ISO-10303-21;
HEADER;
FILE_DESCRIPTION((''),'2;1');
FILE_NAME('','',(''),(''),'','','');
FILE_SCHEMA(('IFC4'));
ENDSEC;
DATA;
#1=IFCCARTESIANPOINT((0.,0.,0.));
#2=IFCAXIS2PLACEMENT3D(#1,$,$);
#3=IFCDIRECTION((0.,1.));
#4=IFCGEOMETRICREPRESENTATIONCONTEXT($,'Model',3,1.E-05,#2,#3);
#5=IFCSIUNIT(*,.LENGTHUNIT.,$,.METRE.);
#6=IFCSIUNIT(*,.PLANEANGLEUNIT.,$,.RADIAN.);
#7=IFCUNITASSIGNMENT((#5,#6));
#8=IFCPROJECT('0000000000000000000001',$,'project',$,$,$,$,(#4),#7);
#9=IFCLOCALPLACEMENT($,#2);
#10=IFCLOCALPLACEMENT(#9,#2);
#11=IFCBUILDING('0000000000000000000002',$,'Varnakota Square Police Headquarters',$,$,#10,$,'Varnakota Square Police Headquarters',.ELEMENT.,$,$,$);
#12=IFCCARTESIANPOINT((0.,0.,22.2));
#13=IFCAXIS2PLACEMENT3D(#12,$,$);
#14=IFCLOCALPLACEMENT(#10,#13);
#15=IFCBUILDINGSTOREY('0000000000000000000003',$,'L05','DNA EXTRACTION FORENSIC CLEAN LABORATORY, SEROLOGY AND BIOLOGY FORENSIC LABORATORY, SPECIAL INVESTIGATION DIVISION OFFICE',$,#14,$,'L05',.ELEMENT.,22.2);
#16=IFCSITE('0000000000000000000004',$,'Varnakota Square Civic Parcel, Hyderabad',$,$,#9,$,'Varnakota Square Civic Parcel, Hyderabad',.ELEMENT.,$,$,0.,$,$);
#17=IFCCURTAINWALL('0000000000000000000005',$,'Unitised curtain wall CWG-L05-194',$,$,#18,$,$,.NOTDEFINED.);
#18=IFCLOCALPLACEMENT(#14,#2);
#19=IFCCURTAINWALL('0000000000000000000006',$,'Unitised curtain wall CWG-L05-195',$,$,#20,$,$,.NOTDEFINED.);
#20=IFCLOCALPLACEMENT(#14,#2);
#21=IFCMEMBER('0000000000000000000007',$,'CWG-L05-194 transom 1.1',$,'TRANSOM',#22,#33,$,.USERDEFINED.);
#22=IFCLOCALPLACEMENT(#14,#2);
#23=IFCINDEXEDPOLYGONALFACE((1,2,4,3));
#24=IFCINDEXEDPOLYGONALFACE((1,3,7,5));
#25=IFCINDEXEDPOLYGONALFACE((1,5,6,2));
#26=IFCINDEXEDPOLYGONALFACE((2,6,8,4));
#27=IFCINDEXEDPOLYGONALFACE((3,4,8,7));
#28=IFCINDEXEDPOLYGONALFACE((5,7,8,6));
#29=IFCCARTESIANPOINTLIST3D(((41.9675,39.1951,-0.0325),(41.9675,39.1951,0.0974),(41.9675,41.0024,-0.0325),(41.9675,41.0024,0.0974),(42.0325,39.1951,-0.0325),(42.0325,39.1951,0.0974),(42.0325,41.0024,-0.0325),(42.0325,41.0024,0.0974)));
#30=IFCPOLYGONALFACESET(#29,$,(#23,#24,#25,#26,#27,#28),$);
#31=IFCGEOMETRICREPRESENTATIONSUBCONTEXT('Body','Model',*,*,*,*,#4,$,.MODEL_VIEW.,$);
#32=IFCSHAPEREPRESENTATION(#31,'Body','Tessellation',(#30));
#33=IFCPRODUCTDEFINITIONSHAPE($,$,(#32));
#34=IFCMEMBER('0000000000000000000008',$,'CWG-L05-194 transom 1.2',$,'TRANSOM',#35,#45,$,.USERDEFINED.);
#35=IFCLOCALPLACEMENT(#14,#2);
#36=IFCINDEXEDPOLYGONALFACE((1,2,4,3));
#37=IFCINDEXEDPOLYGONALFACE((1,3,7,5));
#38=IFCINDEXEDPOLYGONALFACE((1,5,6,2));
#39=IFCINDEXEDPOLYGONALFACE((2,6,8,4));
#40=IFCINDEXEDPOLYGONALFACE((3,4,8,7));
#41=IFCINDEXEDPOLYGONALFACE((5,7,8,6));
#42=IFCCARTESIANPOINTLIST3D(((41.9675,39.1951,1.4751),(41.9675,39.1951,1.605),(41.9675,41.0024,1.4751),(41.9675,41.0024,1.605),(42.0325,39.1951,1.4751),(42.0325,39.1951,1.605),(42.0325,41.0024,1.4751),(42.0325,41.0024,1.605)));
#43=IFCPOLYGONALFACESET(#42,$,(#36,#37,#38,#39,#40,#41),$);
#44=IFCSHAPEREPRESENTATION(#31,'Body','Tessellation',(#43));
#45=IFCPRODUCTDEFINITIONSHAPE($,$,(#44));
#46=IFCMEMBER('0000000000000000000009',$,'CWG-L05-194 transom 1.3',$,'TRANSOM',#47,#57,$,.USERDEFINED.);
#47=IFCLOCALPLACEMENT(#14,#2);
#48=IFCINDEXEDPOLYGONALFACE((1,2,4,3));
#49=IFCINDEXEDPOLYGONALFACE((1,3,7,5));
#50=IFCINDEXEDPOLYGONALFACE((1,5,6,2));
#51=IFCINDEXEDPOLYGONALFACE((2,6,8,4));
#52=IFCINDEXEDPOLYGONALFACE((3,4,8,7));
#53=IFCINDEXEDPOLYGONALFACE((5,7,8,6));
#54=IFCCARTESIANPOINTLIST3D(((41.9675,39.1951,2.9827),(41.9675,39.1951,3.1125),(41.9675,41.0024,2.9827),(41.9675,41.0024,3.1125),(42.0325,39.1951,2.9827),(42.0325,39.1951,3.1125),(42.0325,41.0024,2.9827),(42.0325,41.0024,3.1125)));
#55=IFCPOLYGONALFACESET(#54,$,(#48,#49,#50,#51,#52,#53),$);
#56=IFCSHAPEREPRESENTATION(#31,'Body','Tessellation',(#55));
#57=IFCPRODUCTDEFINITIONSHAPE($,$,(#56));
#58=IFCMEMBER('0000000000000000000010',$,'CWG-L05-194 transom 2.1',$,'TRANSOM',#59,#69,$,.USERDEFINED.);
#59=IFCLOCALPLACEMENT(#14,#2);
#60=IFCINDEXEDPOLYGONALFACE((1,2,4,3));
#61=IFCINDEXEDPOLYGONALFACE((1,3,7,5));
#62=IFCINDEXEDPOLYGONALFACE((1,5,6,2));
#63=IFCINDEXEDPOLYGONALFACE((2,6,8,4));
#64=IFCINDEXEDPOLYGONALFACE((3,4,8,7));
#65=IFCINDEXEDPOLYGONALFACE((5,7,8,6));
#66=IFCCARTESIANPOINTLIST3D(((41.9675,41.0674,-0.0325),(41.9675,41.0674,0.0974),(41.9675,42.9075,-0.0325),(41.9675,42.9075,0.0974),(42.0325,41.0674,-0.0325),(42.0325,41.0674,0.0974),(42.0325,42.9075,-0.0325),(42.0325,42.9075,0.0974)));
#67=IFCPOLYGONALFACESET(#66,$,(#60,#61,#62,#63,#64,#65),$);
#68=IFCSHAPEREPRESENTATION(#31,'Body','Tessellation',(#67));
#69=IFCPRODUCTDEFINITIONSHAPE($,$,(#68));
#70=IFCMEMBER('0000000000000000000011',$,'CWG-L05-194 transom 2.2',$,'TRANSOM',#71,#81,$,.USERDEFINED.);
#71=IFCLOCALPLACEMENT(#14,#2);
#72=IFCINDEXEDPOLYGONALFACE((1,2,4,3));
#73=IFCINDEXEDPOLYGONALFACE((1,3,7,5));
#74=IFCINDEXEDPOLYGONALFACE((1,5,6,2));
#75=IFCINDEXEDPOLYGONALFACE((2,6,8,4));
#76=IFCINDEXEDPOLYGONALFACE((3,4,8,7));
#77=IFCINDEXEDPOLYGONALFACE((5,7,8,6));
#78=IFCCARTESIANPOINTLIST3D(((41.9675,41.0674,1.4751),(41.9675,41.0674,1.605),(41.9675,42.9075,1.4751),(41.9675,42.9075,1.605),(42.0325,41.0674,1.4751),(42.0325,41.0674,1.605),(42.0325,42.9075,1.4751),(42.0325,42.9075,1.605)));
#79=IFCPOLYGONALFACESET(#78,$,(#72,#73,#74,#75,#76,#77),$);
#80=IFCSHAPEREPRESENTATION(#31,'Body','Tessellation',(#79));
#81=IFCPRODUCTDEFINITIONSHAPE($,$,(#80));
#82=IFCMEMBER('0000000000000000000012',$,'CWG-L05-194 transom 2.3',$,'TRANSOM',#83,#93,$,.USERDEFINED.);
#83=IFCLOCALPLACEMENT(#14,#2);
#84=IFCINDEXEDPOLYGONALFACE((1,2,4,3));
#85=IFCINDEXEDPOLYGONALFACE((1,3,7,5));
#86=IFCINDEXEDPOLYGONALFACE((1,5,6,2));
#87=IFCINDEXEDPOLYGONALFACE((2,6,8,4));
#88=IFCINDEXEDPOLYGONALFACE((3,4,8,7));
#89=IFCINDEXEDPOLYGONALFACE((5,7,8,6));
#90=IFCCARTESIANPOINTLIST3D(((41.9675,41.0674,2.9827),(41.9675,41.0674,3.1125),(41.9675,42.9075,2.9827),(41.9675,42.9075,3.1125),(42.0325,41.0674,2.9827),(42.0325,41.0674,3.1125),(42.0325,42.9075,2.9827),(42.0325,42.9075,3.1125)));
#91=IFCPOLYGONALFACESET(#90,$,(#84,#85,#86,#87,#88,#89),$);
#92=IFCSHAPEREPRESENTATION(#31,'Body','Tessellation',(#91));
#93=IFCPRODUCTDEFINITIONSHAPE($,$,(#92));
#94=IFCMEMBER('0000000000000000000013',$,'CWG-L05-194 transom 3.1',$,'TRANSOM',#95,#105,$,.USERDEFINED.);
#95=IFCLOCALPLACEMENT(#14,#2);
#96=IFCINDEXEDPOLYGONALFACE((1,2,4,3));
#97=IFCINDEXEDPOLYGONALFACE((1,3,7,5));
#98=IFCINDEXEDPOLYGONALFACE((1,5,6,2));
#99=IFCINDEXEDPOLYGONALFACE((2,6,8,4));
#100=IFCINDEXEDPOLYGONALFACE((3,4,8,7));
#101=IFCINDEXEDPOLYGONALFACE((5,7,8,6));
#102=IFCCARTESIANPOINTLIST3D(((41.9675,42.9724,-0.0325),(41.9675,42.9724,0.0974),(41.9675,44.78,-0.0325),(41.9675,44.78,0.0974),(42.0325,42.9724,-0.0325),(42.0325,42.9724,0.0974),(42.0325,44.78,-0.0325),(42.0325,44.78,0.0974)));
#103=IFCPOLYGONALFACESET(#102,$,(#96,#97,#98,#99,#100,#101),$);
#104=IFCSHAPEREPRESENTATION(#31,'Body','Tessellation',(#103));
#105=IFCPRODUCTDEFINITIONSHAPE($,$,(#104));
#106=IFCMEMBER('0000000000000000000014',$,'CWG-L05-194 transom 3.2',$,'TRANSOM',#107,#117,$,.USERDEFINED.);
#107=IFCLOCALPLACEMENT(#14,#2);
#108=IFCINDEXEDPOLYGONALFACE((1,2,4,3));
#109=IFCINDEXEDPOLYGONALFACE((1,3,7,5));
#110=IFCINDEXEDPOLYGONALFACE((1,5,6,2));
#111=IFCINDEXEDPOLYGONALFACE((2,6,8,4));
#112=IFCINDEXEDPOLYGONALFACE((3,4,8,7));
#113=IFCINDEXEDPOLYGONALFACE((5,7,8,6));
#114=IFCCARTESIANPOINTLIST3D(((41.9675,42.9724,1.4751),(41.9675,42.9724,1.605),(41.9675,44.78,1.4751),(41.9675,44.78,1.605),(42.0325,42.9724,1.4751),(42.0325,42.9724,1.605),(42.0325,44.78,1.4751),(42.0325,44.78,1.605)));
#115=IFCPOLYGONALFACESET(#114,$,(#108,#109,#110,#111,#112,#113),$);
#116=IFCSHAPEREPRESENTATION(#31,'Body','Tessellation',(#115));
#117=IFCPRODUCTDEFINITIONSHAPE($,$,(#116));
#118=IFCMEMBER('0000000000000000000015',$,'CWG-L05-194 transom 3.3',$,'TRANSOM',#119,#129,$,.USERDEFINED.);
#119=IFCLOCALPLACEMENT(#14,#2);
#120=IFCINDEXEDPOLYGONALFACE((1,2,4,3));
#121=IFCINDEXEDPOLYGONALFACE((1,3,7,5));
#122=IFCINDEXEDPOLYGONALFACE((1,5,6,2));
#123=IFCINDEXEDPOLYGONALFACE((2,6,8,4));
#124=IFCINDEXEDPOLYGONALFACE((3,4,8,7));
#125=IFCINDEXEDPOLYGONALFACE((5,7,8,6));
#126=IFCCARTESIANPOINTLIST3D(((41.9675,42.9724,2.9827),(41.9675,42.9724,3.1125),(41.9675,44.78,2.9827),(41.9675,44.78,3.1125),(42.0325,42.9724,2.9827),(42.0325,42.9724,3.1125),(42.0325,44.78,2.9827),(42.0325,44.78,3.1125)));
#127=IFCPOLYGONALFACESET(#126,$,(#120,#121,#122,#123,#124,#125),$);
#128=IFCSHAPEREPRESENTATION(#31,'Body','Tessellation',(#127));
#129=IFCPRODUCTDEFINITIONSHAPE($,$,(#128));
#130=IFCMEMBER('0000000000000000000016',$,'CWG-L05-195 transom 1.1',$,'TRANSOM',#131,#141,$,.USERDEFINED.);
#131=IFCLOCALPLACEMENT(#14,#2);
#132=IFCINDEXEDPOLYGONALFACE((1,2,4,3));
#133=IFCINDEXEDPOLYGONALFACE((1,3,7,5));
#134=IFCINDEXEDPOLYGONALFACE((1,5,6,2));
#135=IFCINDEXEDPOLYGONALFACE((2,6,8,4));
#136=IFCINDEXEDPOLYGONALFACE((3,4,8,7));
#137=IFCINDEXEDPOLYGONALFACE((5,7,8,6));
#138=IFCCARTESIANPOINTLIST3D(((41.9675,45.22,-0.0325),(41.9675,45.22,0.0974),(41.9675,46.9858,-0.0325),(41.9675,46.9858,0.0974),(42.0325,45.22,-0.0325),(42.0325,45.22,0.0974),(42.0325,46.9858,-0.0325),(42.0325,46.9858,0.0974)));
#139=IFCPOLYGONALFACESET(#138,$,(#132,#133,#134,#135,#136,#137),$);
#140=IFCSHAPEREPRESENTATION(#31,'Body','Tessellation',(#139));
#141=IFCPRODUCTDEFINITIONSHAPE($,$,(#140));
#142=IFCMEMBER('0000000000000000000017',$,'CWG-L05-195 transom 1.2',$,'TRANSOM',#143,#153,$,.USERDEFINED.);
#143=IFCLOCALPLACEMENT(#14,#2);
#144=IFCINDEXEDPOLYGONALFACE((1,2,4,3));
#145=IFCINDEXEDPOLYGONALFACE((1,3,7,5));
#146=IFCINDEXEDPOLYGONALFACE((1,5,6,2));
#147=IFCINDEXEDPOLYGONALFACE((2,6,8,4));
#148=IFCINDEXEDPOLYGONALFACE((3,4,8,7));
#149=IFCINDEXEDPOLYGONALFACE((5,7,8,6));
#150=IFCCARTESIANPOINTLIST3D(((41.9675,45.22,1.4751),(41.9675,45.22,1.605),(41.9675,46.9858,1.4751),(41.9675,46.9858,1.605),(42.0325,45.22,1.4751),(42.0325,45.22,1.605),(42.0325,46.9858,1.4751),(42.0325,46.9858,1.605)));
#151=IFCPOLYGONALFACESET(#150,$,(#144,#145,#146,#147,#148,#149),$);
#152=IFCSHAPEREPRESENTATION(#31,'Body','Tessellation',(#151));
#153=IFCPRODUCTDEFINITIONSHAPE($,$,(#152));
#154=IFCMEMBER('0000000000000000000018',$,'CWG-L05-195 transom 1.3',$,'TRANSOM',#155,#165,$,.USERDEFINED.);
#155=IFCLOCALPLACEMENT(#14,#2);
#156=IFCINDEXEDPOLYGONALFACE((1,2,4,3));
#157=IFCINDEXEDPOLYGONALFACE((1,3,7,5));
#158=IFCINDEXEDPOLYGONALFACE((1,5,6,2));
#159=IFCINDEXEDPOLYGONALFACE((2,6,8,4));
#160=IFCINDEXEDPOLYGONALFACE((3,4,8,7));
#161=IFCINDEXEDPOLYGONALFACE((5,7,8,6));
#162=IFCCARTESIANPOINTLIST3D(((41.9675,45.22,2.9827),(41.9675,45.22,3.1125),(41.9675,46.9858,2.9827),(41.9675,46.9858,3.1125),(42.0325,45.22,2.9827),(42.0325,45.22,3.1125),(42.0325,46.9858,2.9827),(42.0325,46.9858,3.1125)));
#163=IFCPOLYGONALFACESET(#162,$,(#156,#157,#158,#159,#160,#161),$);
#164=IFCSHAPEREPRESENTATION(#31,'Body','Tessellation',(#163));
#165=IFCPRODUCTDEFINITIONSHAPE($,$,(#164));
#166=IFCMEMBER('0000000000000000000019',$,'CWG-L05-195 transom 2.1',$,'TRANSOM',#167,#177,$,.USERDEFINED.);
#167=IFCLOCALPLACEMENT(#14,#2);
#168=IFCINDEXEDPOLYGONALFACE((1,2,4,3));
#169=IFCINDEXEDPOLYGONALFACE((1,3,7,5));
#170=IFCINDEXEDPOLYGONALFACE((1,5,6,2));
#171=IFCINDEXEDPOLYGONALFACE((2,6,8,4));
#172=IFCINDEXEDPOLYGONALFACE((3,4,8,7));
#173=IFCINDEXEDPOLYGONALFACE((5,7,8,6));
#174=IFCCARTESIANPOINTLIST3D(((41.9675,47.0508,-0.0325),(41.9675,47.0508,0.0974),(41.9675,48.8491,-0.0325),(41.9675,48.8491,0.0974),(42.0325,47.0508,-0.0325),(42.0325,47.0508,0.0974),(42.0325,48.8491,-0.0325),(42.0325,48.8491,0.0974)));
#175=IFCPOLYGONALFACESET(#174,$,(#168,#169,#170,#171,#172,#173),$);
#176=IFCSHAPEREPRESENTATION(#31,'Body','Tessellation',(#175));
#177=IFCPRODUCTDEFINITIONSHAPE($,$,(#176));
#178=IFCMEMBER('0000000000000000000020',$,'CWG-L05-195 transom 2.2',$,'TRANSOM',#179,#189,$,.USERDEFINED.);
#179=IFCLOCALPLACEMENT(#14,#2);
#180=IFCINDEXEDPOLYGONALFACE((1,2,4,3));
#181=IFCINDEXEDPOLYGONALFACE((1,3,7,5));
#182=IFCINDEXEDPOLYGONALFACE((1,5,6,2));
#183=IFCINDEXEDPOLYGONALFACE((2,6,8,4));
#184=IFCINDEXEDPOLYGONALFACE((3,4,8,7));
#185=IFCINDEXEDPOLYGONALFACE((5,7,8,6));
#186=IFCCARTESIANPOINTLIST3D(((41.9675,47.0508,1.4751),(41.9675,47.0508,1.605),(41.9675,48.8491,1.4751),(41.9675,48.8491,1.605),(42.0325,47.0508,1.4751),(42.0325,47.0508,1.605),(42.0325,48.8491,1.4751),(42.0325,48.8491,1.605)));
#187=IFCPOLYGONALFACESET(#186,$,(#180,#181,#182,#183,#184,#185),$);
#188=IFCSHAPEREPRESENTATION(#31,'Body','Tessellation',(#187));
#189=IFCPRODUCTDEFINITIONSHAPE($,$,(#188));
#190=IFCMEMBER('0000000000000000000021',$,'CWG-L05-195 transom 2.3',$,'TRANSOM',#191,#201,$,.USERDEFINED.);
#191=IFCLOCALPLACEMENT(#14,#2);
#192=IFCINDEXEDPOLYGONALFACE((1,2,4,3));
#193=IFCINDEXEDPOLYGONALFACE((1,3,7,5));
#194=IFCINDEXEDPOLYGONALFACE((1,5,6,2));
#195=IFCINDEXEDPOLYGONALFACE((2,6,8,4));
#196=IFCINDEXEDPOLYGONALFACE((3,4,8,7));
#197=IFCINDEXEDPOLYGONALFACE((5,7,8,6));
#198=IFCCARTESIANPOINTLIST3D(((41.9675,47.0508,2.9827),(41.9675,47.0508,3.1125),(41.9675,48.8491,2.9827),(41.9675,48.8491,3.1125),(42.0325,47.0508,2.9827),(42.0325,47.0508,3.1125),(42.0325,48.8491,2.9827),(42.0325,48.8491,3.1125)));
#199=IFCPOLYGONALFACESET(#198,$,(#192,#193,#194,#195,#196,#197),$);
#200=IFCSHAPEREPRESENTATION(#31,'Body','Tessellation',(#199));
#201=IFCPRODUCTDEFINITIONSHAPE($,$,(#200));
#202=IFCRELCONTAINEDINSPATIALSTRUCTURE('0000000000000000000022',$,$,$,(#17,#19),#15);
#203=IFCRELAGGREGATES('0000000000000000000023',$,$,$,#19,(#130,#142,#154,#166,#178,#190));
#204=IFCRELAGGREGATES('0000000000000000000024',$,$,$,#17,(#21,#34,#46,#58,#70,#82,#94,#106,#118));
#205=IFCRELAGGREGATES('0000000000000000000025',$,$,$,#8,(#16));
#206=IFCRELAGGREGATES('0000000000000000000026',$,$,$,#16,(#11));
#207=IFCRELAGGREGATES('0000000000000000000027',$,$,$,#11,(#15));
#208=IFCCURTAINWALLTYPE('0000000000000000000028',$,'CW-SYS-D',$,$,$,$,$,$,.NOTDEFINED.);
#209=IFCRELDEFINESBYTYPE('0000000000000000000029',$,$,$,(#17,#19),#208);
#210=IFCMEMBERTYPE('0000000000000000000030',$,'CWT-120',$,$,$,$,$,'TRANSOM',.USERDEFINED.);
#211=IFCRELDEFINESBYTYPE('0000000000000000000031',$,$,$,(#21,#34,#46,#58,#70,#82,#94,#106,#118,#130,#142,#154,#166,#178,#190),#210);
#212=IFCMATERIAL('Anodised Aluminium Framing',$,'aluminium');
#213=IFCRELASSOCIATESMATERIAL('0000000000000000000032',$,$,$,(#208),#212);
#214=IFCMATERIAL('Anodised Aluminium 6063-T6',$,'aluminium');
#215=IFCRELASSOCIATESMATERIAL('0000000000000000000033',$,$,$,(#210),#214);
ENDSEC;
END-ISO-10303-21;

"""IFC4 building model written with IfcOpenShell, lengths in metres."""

from ifc_helpers import new_model, si_unit, direction, frame, origin, origin_2d, place, context, subcontext, project, spatial, rectangle, extrude, material, material_profile, profile_set, type_object, element, aggregate, save


model = new_model("IFC4")

# Units and contexts
model_context = context("Model", 3, precision=1e-05, world=origin(), true_north=direction((0.0, 1.0)))
body_context = subcontext(model_context, "Body", "Model", "MODEL_VIEW")
ifc_project = project(units=[si_unit("LENGTHUNIT", "METRE"), si_unit("PLANEANGLEUNIT", "RADIAN")], contexts=[model_context])

# Site, building, storey
site_placement = place(None, origin())
site = spatial("IfcSite", under=ifc_project, at=site_placement, Name="Varnakota Square Civic Parcel, Hyderabad", LongName="Varnakota Square Civic Parcel, Hyderabad", CompositionType="ELEMENT", RefElevation=0.0)
building_placement = place(site_placement, origin())
building = spatial("IfcBuilding", under=site, at=building_placement, Name="Varnakota Square Police Headquarters", LongName="Varnakota Square Police Headquarters", CompositionType="ELEMENT")
storey_placement = place(building_placement, frame((0.0, 0.0, 22.2)))
storey = spatial("IfcBuildingStorey", under=building, at=storey_placement, Name="L05", Description="DNA EXTRACTION FORENSIC CLEAN LABORATORY, SEROLOGY AND BIOLOGY FORENSIC LABORATORY, SPECIAL INVESTIGATION DIVISION OFFICE", LongName="L05", CompositionType="ELEMENT", Elevation=22.2)

# Curtain walls
ifc_material_1 = material(Name="Anodised Aluminium Framing", Category="aluminium")
curtain_wall_type = type_object("IfcCurtainWallType", Name="CW-SYS-D", PredefinedType="NOTDEFINED", material=ifc_material_1)
curtain_wall_1_placement = place(storey_placement, origin())
curtain_wall_1 = element("IfcCurtainWall", 1, at=curtain_wall_1_placement, inside=storey, type_object=curtain_wall_type, Name="Unitised curtain wall CWG-L05-194", PredefinedType="NOTDEFINED")
ifc_material_2 = material(Name="Anodised Aluminium 6063-T6", Category="aluminium")
curtain_wall_2_placement = place(storey_placement, origin())
curtain_wall_2 = element("IfcCurtainWall", 2, at=curtain_wall_2_placement, inside=storey, type_object=curtain_wall_type, Name="Unitised curtain wall CWG-L05-195", PredefinedType="NOTDEFINED")

# Members
ifc_material_profile_1 = material_profile(ifc_material_2, rectangle(XDim=0.0649, YDim=0.1299, at=origin_2d()), Name="ALU TRANSOM 65x130")
ifc_profile_set_1 = profile_set([ifc_material_profile_1], Name="Anodised Aluminium 6063-T6")
member_type_1 = type_object("IfcMemberType", Name="CWT-120", ElementType="TRANSOM", PredefinedType="USERDEFINED", material=ifc_profile_set_1)
member_1_placement = place(storey_placement, frame((42.0, 39.1951, 0.0325), z_axis=(0.0, 1.0, 0.0), x_axis=(-1.0, 0.0, 0.0)))
member_1 = element("IfcMember", 3, at=member_1_placement, type_object=member_type_1, Name="CWG-L05-194 transom 1.1", ObjectType="TRANSOM", PredefinedType="USERDEFINED", context=body_context, shape_type="SweptSolid", body=[
    extrude(rectangle(XDim=0.0649, YDim=0.1299, at=origin_2d()), origin(), (0.0, 0.0, 1.0), 1.8074),
])
member_2_placement = place(storey_placement, frame((42.0, 39.1951, 1.54), z_axis=(0.0, 1.0, 0.0), x_axis=(-1.0, 0.0, 0.0)))
member_2 = element("IfcMember", 4, at=member_2_placement, type_object=member_type_1, Name="CWG-L05-194 transom 1.2", ObjectType="TRANSOM", PredefinedType="USERDEFINED", context=body_context, shape_type="SweptSolid", body=[
    extrude(rectangle(XDim=0.0649, YDim=0.1299, at=origin_2d()), origin(), (0.0, 0.0, 1.0), 1.8074),
])
member_3_placement = place(storey_placement, frame((42.0, 39.1951, 3.0476), z_axis=(0.0, 1.0, 0.0), x_axis=(-1.0, 0.0, 0.0)))
member_3 = element("IfcMember", 5, at=member_3_placement, type_object=member_type_1, Name="CWG-L05-194 transom 1.3", ObjectType="TRANSOM", PredefinedType="USERDEFINED", context=body_context, shape_type="SweptSolid", body=[
    extrude(rectangle(XDim=0.0649, YDim=0.1299, at=origin_2d()), origin(), (0.0, 0.0, 1.0), 1.8074),
])
member_4_placement = place(storey_placement, frame((42.0, 41.0674, 0.0325), z_axis=(0.0, 1.0, 0.0), x_axis=(-1.0, 0.0, 0.0)))
member_4 = element("IfcMember", 6, at=member_4_placement, type_object=member_type_1, Name="CWG-L05-194 transom 2.1", ObjectType="TRANSOM", PredefinedType="USERDEFINED", context=body_context, shape_type="SweptSolid", body=[
    extrude(rectangle(XDim=0.0649, YDim=0.1299, at=origin_2d()), origin(), (0.0, 0.0, 1.0), 1.8401),
])
member_5_placement = place(storey_placement, frame((42.0, 41.0674, 1.54), z_axis=(0.0, 1.0, 0.0), x_axis=(-1.0, 0.0, 0.0)))
member_5 = element("IfcMember", 7, at=member_5_placement, type_object=member_type_1, Name="CWG-L05-194 transom 2.2", ObjectType="TRANSOM", PredefinedType="USERDEFINED", context=body_context, shape_type="SweptSolid", body=[
    extrude(rectangle(XDim=0.0649, YDim=0.1299, at=origin_2d()), origin(), (0.0, 0.0, 1.0), 1.8401),
])
member_6_placement = place(storey_placement, frame((42.0, 41.0674, 3.0476), z_axis=(0.0, 1.0, 0.0), x_axis=(-1.0, 0.0, 0.0)))
member_6 = element("IfcMember", 8, at=member_6_placement, type_object=member_type_1, Name="CWG-L05-194 transom 2.3", ObjectType="TRANSOM", PredefinedType="USERDEFINED", context=body_context, shape_type="SweptSolid", body=[
    extrude(rectangle(XDim=0.0649, YDim=0.1299, at=origin_2d()), origin(), (0.0, 0.0, 1.0), 1.8401),
])
member_7_placement = place(storey_placement, frame((42.0, 42.9724, 0.0325), z_axis=(0.0, 1.0, 0.0), x_axis=(-1.0, 0.0, 0.0)))
member_7 = element("IfcMember", 9, at=member_7_placement, type_object=member_type_1, Name="CWG-L05-194 transom 3.1", ObjectType="TRANSOM", PredefinedType="USERDEFINED", context=body_context, shape_type="SweptSolid", body=[
    extrude(rectangle(XDim=0.0649, YDim=0.1299, at=origin_2d()), origin(), (0.0, 0.0, 1.0), 1.8076),
])
member_8_placement = place(storey_placement, frame((42.0, 42.9724, 1.54), z_axis=(0.0, 1.0, 0.0), x_axis=(-1.0, 0.0, 0.0)))
member_8 = element("IfcMember", 10, at=member_8_placement, type_object=member_type_1, Name="CWG-L05-194 transom 3.2", ObjectType="TRANSOM", PredefinedType="USERDEFINED", context=body_context, shape_type="SweptSolid", body=[
    extrude(rectangle(XDim=0.0649, YDim=0.1299, at=origin_2d()), origin(), (0.0, 0.0, 1.0), 1.8076),
])
member_9_placement = place(storey_placement, frame((42.0, 42.9724, 3.0476), z_axis=(0.0, 1.0, 0.0), x_axis=(-1.0, 0.0, 0.0)))
member_9 = element("IfcMember", 11, at=member_9_placement, type_object=member_type_1, Name="CWG-L05-194 transom 3.3", ObjectType="TRANSOM", PredefinedType="USERDEFINED", context=body_context, shape_type="SweptSolid", body=[
    extrude(rectangle(XDim=0.0649, YDim=0.1299, at=origin_2d()), origin(), (0.0, 0.0, 1.0), 1.8076),
])
member_10_placement = place(storey_placement, frame((42.0, 45.22, 0.0325), z_axis=(0.0, 1.0, 0.0), x_axis=(-1.0, 0.0, 0.0)))
member_10 = element("IfcMember", 12, at=member_10_placement, type_object=member_type_1, Name="CWG-L05-195 transom 1.1", ObjectType="TRANSOM", PredefinedType="USERDEFINED", context=body_context, shape_type="SweptSolid", body=[
    extrude(rectangle(XDim=0.0649, YDim=0.1299, at=origin_2d()), origin(), (0.0, 0.0, 1.0), 1.7659),
])
member_11_placement = place(storey_placement, frame((42.0, 45.22, 1.54), z_axis=(0.0, 1.0, 0.0), x_axis=(-1.0, 0.0, 0.0)))
member_11 = element("IfcMember", 13, at=member_11_placement, type_object=member_type_1, Name="CWG-L05-195 transom 1.2", ObjectType="TRANSOM", PredefinedType="USERDEFINED", context=body_context, shape_type="SweptSolid", body=[
    extrude(rectangle(XDim=0.0649, YDim=0.1299, at=origin_2d()), origin(), (0.0, 0.0, 1.0), 1.7659),
])
member_12_placement = place(storey_placement, frame((42.0, 45.22, 3.0476), z_axis=(0.0, 1.0, 0.0), x_axis=(-1.0, 0.0, 0.0)))
member_12 = element("IfcMember", 14, at=member_12_placement, type_object=member_type_1, Name="CWG-L05-195 transom 1.3", ObjectType="TRANSOM", PredefinedType="USERDEFINED", context=body_context, shape_type="SweptSolid", body=[
    extrude(rectangle(XDim=0.0649, YDim=0.1299, at=origin_2d()), origin(), (0.0, 0.0, 1.0), 1.7659),
])
member_13_placement = place(storey_placement, frame((42.0, 47.0508, 0.0325), z_axis=(0.0, 1.0, 0.0), x_axis=(-1.0, 0.0, 0.0)))
member_13 = element("IfcMember", 15, at=member_13_placement, type_object=member_type_1, Name="CWG-L05-195 transom 2.1", ObjectType="TRANSOM", PredefinedType="USERDEFINED", context=body_context, shape_type="SweptSolid", body=[
    extrude(rectangle(XDim=0.0649, YDim=0.1299, at=origin_2d()), origin(), (0.0, 0.0, 1.0), 1.7983),
])
member_14_placement = place(storey_placement, frame((42.0, 47.0508, 1.54), z_axis=(0.0, 1.0, 0.0), x_axis=(-1.0, 0.0, 0.0)))
member_14 = element("IfcMember", 16, at=member_14_placement, type_object=member_type_1, Name="CWG-L05-195 transom 2.2", ObjectType="TRANSOM", PredefinedType="USERDEFINED", context=body_context, shape_type="SweptSolid", body=[
    extrude(rectangle(XDim=0.0649, YDim=0.1299, at=origin_2d()), origin(), (0.0, 0.0, 1.0), 1.7983),
])
member_15_placement = place(storey_placement, frame((42.0, 47.0508, 3.0476), z_axis=(0.0, 1.0, 0.0), x_axis=(-1.0, 0.0, 0.0)))
member_15 = element("IfcMember", 17, at=member_15_placement, type_object=member_type_1, Name="CWG-L05-195 transom 2.3", ObjectType="TRANSOM", PredefinedType="USERDEFINED", context=body_context, shape_type="SweptSolid", body=[
    extrude(rectangle(XDim=0.0649, YDim=0.1299, at=origin_2d()), origin(), (0.0, 0.0, 1.0), 1.7983),
])

aggregate(curtain_wall_2, [member_10, member_11, member_12, member_13, member_14, member_15])
aggregate(curtain_wall_1, [member_1, member_2, member_3, member_4, member_5, member_6, member_7, member_8, member_9])

save(model, "model.ifc")
